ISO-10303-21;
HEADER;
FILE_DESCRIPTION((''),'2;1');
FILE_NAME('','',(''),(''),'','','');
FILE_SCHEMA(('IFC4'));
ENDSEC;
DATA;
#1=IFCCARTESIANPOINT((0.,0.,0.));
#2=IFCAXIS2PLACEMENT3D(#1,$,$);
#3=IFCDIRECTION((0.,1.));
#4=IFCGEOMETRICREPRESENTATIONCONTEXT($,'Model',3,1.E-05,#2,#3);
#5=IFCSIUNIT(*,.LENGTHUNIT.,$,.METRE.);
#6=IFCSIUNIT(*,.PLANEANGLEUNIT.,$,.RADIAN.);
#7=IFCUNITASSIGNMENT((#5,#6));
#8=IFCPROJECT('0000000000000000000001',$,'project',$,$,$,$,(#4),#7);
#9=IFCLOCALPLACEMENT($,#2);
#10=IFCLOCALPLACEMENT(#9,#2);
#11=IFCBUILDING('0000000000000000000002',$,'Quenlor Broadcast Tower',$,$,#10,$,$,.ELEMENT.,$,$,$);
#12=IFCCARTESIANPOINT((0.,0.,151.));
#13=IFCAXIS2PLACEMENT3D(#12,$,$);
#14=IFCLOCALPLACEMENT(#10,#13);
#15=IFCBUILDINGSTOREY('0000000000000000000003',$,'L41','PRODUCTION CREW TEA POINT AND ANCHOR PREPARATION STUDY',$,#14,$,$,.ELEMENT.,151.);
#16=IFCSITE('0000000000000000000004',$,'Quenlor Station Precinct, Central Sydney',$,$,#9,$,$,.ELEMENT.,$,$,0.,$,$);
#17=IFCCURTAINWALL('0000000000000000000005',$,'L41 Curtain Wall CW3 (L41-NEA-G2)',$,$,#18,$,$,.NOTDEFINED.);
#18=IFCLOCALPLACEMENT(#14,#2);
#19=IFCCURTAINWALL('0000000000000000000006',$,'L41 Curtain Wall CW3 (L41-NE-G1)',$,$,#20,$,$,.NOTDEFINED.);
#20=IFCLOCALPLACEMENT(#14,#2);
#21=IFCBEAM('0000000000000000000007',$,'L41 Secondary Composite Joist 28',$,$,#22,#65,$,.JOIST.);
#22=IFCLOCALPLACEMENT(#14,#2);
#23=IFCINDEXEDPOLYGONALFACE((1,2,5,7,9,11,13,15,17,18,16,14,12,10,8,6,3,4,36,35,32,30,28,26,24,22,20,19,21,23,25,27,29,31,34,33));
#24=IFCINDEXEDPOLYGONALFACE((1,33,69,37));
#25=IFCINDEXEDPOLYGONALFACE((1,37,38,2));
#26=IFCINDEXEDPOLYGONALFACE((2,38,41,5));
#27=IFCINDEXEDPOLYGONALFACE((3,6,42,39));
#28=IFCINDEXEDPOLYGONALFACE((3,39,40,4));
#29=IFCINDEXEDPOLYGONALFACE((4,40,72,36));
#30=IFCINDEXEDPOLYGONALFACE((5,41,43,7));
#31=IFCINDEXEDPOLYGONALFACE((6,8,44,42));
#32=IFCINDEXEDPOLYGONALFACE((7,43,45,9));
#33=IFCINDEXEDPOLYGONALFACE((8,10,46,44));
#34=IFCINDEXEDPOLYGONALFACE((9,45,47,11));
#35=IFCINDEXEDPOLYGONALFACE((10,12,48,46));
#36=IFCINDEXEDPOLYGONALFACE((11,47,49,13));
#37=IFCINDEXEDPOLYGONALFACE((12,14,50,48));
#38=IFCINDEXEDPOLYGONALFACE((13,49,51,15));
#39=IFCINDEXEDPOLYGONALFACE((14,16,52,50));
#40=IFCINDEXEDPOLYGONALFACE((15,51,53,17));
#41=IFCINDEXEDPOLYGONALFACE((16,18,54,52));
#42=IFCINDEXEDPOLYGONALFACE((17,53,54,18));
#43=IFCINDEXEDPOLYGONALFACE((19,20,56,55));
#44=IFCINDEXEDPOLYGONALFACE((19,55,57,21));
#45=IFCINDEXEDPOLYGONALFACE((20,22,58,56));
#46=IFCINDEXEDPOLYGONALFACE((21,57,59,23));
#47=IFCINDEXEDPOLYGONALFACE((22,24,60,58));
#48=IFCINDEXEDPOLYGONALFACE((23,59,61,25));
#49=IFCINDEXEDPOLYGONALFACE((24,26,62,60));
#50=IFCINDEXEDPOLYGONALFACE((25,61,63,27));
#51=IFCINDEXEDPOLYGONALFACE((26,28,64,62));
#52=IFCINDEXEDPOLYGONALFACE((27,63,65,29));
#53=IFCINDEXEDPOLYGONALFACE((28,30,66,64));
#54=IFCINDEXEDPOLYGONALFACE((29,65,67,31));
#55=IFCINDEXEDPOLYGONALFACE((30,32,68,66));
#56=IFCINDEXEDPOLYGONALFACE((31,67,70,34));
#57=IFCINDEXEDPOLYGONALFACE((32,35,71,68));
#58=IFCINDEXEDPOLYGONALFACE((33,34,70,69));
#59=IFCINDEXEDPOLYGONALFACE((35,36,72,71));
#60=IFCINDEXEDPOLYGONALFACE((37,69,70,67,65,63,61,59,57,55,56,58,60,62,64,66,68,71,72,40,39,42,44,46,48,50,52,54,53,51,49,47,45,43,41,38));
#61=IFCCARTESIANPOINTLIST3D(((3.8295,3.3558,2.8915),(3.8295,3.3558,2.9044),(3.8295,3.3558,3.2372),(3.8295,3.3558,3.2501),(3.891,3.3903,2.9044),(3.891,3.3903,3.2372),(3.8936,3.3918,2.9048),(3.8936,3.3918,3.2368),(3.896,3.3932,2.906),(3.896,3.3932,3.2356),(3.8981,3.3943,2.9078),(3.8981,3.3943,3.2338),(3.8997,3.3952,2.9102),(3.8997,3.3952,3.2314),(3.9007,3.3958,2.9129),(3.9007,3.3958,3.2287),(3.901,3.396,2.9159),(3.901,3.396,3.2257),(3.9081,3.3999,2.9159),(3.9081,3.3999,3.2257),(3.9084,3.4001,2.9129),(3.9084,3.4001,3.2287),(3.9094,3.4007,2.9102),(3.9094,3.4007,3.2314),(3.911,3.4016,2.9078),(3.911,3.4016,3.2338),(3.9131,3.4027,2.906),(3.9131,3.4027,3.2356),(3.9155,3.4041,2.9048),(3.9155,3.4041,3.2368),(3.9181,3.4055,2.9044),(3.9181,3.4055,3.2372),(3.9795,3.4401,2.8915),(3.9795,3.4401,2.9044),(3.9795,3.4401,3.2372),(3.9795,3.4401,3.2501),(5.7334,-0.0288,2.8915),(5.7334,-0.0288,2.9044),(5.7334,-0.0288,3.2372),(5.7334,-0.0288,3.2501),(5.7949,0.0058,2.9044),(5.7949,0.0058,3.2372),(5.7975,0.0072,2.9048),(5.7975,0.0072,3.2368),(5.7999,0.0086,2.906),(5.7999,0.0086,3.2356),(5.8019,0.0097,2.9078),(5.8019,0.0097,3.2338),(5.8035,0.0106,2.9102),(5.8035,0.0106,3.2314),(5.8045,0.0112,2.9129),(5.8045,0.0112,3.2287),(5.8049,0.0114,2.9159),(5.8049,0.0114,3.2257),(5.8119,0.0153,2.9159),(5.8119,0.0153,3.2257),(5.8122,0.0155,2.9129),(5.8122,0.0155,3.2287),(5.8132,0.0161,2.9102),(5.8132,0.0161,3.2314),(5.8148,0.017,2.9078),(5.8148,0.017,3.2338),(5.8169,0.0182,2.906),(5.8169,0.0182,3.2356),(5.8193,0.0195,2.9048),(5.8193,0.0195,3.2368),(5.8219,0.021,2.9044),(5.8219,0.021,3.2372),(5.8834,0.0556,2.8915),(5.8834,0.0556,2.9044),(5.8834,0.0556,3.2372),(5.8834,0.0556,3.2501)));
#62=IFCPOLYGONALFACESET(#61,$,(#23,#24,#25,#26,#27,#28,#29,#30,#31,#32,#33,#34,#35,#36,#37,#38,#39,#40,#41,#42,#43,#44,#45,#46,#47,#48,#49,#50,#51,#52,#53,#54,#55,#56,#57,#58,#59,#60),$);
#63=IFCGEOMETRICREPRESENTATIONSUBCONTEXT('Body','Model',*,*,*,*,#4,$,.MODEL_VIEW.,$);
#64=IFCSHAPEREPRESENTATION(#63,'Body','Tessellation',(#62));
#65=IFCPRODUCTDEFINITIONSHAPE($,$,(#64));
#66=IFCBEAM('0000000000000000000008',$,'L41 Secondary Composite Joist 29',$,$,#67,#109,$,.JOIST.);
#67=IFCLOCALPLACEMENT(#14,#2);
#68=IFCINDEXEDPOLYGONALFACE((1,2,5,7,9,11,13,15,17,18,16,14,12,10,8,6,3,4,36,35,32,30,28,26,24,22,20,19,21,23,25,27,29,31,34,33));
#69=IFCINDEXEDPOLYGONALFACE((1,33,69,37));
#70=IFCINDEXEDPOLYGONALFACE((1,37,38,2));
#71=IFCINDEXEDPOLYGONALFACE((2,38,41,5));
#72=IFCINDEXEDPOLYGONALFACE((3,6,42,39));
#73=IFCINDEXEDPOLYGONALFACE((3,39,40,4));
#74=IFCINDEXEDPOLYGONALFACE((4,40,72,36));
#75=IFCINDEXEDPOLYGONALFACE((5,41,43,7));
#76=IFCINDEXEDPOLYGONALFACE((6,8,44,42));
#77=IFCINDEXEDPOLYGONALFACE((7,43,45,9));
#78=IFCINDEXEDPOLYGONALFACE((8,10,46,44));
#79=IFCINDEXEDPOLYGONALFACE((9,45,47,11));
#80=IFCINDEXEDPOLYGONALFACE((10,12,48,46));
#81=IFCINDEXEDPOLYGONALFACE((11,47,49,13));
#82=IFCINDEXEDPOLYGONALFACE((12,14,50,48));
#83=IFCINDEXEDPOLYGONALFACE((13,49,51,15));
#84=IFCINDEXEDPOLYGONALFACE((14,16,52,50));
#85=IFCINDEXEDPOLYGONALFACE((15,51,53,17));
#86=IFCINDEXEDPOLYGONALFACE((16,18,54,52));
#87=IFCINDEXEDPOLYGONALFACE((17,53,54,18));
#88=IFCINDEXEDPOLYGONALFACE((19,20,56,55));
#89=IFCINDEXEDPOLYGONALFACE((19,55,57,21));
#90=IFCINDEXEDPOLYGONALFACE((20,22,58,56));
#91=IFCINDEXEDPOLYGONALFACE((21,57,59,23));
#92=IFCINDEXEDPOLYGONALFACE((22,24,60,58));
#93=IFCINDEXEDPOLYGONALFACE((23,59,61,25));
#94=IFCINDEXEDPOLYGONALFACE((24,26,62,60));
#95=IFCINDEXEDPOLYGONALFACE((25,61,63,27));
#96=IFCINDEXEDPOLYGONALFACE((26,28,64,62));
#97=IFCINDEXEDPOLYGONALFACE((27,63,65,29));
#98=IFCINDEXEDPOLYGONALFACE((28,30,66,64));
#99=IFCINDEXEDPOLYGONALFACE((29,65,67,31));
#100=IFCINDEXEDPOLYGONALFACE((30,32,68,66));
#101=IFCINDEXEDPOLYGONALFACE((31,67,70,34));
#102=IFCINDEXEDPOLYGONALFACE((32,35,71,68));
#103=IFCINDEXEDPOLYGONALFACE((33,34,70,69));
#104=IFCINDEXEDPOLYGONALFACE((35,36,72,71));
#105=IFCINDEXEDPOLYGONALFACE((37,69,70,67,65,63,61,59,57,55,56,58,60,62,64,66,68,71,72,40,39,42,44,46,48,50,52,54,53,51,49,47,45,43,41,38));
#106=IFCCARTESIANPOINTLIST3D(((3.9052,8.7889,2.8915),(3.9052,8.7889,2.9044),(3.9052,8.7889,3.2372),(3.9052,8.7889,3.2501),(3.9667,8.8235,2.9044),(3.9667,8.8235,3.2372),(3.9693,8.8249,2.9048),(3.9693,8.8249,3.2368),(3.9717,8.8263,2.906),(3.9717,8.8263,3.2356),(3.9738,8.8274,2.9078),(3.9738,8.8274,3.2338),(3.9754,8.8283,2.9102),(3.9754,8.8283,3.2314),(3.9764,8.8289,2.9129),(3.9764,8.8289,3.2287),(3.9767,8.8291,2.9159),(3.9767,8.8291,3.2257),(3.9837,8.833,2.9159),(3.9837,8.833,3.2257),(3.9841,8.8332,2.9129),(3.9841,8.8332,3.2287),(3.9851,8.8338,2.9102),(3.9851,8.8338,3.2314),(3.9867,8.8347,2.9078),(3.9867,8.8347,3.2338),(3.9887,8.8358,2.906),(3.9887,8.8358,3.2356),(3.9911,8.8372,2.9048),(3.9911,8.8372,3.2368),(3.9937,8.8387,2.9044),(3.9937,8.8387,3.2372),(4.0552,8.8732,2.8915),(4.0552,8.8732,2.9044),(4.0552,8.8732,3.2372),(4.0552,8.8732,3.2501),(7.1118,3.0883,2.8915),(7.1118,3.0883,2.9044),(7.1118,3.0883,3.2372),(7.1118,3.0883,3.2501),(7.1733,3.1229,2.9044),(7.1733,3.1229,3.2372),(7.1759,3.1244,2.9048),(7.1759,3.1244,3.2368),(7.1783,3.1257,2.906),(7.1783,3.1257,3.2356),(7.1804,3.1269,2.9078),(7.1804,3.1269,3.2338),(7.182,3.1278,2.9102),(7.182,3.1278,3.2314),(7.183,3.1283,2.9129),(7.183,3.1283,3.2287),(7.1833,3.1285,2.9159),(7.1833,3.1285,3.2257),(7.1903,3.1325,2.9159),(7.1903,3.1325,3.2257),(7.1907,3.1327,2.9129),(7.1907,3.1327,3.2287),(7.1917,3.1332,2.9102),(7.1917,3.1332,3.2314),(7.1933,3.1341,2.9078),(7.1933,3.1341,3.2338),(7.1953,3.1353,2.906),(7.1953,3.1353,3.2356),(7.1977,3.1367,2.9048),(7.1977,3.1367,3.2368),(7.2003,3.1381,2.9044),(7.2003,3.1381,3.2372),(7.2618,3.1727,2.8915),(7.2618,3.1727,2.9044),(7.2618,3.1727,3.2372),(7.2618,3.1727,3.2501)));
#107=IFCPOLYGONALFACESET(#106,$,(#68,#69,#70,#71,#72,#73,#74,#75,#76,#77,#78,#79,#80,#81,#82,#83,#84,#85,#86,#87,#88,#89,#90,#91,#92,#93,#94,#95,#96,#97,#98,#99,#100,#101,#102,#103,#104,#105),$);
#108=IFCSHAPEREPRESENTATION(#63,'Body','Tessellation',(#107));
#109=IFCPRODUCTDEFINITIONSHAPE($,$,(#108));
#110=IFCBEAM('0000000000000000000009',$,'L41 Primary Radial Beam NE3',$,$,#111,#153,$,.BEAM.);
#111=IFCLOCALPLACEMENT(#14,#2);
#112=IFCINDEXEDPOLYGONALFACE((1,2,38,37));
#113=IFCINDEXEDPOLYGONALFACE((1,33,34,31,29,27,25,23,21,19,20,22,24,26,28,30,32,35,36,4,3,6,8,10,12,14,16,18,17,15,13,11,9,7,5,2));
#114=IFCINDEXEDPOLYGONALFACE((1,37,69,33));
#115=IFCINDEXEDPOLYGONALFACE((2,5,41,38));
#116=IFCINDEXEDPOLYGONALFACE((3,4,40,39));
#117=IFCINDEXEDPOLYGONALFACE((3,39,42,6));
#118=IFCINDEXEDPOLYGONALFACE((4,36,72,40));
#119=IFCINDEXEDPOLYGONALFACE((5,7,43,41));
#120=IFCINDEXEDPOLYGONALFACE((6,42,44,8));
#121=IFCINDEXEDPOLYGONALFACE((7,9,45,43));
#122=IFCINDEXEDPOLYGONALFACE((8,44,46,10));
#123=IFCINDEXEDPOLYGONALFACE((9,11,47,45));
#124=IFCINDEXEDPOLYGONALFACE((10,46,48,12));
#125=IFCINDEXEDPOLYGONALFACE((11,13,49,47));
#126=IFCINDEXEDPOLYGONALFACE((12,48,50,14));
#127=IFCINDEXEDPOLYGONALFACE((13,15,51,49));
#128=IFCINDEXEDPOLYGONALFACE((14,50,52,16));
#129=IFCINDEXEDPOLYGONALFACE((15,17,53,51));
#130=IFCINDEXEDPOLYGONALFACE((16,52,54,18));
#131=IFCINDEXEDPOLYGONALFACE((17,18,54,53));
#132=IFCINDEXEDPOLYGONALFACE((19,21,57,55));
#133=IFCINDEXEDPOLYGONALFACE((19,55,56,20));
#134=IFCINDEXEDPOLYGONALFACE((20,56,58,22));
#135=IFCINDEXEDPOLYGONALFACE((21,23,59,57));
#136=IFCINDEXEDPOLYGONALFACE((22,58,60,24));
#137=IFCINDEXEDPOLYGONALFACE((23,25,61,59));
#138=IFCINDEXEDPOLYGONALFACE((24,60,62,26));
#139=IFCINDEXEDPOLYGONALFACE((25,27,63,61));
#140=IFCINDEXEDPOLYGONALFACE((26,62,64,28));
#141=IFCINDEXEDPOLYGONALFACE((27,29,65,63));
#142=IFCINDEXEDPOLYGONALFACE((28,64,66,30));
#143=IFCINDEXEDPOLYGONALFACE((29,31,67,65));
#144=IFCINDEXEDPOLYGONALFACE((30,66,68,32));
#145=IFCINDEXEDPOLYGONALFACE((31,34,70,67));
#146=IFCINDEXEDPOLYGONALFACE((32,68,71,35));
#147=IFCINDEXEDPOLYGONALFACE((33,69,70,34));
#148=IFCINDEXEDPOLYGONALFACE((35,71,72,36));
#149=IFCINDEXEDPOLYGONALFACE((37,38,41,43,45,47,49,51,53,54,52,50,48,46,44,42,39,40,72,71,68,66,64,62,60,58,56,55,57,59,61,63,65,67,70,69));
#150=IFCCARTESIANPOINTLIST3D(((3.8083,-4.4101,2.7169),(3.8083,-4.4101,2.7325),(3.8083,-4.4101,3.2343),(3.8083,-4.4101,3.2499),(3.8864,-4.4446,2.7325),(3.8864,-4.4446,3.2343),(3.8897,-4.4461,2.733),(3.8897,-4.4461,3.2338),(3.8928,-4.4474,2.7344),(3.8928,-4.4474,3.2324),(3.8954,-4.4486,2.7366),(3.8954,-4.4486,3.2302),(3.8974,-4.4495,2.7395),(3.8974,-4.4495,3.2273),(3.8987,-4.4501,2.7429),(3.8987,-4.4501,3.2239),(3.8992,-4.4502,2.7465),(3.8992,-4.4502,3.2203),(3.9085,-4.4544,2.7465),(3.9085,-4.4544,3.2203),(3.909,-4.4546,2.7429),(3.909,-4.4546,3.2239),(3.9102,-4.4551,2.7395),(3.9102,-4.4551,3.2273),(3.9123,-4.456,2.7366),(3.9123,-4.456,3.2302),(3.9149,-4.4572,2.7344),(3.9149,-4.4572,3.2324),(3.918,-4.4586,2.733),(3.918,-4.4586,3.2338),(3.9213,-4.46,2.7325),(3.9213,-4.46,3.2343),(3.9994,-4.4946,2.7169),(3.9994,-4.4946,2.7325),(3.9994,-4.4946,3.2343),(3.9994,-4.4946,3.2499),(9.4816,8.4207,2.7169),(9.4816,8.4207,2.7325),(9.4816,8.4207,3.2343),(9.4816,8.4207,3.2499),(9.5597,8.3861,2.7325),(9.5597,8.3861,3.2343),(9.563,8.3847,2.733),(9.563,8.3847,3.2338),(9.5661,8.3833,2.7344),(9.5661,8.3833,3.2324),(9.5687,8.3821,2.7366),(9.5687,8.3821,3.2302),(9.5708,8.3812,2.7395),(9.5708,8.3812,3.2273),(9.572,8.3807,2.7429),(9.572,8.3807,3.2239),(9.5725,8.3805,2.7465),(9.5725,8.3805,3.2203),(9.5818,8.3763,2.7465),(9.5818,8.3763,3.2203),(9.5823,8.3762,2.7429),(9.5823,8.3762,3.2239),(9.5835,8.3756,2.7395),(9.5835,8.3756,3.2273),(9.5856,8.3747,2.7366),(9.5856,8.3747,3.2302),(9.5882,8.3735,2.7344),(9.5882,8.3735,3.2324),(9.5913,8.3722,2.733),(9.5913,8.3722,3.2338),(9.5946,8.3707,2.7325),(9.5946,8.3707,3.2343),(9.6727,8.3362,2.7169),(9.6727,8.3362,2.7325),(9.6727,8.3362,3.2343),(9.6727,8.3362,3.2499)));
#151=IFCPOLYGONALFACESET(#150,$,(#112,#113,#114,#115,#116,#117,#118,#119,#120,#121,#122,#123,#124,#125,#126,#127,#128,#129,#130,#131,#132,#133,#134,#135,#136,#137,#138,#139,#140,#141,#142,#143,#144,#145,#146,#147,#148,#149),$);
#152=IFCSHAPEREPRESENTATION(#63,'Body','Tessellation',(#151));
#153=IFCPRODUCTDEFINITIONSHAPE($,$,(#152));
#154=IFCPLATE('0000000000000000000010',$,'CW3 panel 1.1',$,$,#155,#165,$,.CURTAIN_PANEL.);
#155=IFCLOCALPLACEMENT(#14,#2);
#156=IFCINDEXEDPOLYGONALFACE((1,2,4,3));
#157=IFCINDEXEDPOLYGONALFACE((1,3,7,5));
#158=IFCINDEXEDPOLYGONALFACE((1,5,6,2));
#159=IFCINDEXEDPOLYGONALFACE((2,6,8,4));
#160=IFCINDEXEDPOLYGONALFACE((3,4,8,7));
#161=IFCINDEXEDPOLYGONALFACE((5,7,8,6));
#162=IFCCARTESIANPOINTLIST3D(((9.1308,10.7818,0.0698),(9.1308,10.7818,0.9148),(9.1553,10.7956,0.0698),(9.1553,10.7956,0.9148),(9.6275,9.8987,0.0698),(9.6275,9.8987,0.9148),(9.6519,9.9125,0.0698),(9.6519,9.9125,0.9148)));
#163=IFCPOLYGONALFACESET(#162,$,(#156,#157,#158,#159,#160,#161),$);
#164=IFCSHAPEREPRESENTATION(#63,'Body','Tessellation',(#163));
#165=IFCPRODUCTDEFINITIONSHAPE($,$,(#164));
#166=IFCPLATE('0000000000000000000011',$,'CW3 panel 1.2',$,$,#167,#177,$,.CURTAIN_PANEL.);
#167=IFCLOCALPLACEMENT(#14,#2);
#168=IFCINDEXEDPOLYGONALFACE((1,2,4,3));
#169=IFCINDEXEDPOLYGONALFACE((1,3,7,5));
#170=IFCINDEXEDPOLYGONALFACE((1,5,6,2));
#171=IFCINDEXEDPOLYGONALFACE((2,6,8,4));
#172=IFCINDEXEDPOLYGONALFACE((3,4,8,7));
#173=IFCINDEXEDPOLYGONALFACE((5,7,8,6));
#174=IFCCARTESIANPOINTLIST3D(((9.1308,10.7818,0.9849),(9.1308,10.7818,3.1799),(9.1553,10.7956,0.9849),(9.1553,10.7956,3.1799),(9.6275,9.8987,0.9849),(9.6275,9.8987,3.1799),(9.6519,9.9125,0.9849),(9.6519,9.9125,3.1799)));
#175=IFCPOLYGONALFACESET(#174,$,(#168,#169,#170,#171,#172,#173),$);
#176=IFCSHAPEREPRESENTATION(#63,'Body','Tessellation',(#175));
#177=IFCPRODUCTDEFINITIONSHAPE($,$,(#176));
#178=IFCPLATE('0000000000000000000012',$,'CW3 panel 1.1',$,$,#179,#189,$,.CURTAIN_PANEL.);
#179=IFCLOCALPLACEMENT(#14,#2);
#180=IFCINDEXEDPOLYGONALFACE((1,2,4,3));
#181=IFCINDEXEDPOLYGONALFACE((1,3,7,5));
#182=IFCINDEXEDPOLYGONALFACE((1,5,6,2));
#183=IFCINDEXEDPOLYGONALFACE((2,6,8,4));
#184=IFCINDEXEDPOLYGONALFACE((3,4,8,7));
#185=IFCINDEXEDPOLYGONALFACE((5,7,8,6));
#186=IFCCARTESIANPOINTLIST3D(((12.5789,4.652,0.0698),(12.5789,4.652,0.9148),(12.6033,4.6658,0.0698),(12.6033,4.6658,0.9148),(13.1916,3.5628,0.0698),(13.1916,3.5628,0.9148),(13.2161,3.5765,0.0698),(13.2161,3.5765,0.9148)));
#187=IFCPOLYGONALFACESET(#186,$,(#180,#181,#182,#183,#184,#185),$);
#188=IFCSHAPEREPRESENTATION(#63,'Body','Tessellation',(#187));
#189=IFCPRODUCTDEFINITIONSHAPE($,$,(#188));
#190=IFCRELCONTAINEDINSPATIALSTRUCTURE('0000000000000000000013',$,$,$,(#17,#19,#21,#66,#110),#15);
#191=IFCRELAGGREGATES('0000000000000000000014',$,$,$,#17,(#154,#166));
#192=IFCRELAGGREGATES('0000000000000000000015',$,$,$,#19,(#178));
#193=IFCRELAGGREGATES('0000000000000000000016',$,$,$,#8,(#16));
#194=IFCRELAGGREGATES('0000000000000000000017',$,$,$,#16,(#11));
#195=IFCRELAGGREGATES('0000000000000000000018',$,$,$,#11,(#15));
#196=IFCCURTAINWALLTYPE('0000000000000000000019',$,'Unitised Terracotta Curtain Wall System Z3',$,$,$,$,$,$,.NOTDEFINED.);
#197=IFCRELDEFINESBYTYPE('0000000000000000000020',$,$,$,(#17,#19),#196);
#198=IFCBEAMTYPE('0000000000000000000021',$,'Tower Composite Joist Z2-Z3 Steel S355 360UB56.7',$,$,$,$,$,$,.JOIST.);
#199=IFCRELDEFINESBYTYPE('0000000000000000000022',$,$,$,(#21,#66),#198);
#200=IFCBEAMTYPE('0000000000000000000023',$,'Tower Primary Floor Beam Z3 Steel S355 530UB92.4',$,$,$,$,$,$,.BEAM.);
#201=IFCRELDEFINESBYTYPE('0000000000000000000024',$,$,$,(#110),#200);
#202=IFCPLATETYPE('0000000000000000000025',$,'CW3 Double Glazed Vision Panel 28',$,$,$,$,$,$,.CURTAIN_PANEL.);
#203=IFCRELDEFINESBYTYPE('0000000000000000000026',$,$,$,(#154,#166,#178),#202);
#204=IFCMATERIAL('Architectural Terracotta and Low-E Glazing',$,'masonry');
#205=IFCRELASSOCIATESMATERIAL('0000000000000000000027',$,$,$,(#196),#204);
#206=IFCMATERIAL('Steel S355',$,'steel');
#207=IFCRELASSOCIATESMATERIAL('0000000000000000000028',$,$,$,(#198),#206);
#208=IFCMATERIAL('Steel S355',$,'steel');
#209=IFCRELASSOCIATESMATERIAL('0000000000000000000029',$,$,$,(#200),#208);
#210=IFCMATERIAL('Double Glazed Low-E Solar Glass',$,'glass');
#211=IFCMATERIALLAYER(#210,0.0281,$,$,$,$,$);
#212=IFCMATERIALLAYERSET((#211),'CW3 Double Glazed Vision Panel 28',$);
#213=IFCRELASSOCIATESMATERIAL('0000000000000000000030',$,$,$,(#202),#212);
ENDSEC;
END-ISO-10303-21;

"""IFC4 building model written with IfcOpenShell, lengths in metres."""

from ifc_helpers import new_model, si_unit, direction, frame, origin, origin_2d, place, context, subcontext, project, spatial, rectangle, i_section, extrude, material, layer, layer_set, material_profile, profile_set, type_object, element, aggregate, save


model = new_model("IFC4")

# Units and contexts
model_context = context("Model", 3, precision=1e-05, world=origin(), true_north=direction((0.0, 1.0)))
body_context = subcontext(model_context, "Body", "Model", "MODEL_VIEW")
ifc_project = project(units=[si_unit("LENGTHUNIT", "METRE"), si_unit("PLANEANGLEUNIT", "RADIAN")], contexts=[model_context])

# Site, building, storey
site_placement = place(None, origin())
site = spatial("IfcSite", under=ifc_project, at=site_placement, Name="Quenlor Station Precinct, Central Sydney", CompositionType="ELEMENT", RefElevation=0.0)
building_placement = place(site_placement, origin())
building = spatial("IfcBuilding", under=site, at=building_placement, Name="Quenlor Broadcast Tower", CompositionType="ELEMENT")
storey_placement = place(building_placement, frame((0.0, 0.0, 151.0)))
storey = spatial("IfcBuildingStorey", under=building, at=storey_placement, Name="L41", Description="PRODUCTION CREW TEA POINT AND ANCHOR PREPARATION STUDY", CompositionType="ELEMENT", Elevation=151.0)

# Curtain wall
ifc_material_1 = material(Name="Architectural Terracotta and Low-E Glazing", Category="masonry")
curtain_wall_type = type_object("IfcCurtainWallType", Name="Unitised Terracotta Curtain Wall System Z3", PredefinedType="NOTDEFINED", material=ifc_material_1)
curtain_wall_1_placement = place(storey_placement, origin())
curtain_wall_1 = element("IfcCurtainWall", 1, at=curtain_wall_1_placement, inside=storey, type_object=curtain_wall_type, Name="L41 Curtain Wall CW3 (L41-NEA-G2)", PredefinedType="NOTDEFINED")

# Curtain wall
curtain_wall_2_placement = place(storey_placement, origin())
curtain_wall_2 = element("IfcCurtainWall", 2, at=curtain_wall_2_placement, inside=storey, type_object=curtain_wall_type, Name="L41 Curtain Wall CW3 (L41-NE-G1)", PredefinedType="NOTDEFINED")

# Beams
ifc_material_2 = material(Name="Steel S355", Category="steel")
ifc_material_profile_1 = material_profile(ifc_material_2, i_section(OverallWidth=0.1721, OverallDepth=0.3586, WebThickness=0.0081, FlangeThickness=0.0129, FilletRadius=0.0115, at=origin_2d()))
ifc_profile_set_1 = profile_set([ifc_material_profile_1], Name="Steel S355 360UB56.7")
beam_type_1 = type_object("IfcBeamType", Name="Tower Composite Joist Z2-Z3 Steel S355 360UB56.7", PredefinedType="JOIST", material=ifc_profile_set_1)
beam_1_placement = place(storey_placement, frame((3.9045, 3.3979, 3.0708), z_axis=(0.490264, -0.871574, 0.0), x_axis=(0.871574, 0.490264, 0.0)))
element("IfcBeam", 3, at=beam_1_placement, inside=storey, type_object=beam_type_1, Name="L41 Secondary Composite Joist 28", PredefinedType="JOIST", context=body_context, shape_type="SweptSolid", body=[
    extrude(i_section(OverallWidth=0.1721, OverallDepth=0.3586, WebThickness=0.0081, FlangeThickness=0.0129, FilletRadius=0.0115, at=origin_2d()), origin(), (0.0, 0.0, 1.0), 3.8833),
])
beam_2_placement = place(storey_placement, frame((3.9802, 8.8311, 3.0708), z_axis=(0.490267, -0.871573, 0.0), x_axis=(0.871573, 0.490267, 0.0)))
element("IfcBeam", 4, at=beam_2_placement, inside=storey, type_object=beam_type_1, Name="L41 Secondary Composite Joist 29", PredefinedType="JOIST", context=body_context, shape_type="SweptSolid", body=[
    extrude(i_section(OverallWidth=0.1721, OverallDepth=0.3586, WebThickness=0.0081, FlangeThickness=0.0129, FilletRadius=0.0115, at=origin_2d()), origin(), (0.0, 0.0, 1.0), 6.5405),
])
ifc_material_3 = material(Name="Steel S355", Category="steel")
ifc_material_profile_2 = material_profile(ifc_material_3, i_section(OverallWidth=0.209, OverallDepth=0.533, WebThickness=0.0103, FlangeThickness=0.0156, FilletRadius=0.0139, at=origin_2d()))
ifc_profile_set_2 = profile_set([ifc_material_profile_2], Name="Steel S355 530UB92.4")
beam_type_2 = type_object("IfcBeamType", Name="Tower Primary Floor Beam Z3 Steel S355 530UB92.4", PredefinedType="BEAM", material=ifc_profile_set_2)
beam_3_placement = place(storey_placement, frame((9.5771, 8.3784, 2.9834), z_axis=(-0.404397, -0.914583, 0.0), x_axis=(0.914583, -0.404397, 0.0)))
element("IfcBeam", 5, at=beam_3_placement, inside=storey, type_object=beam_type_2, Name="L41 Primary Radial Beam NE3", PredefinedType="BEAM", context=body_context, shape_type="SweptSolid", body=[
    extrude(i_section(OverallWidth=0.209, OverallDepth=0.533, WebThickness=0.0103, FlangeThickness=0.0156, FilletRadius=0.0139, at=origin_2d()), origin(), (0.0, 0.0, 1.0), 14.0291),
])

# Plates
ifc_material_4 = material(Name="Double Glazed Low-E Solar Glass", Category="glass")
ifc_layer_1 = layer(ifc_material_4, 0.0281)
ifc_layer_set_1 = layer_set([ifc_layer_1], Name="CW3 Double Glazed Vision Panel 28")
plate_type_1 = type_object("IfcPlateType", Name="CW3 Double Glazed Vision Panel 28", PredefinedType="CURTAIN_PANEL", material=ifc_layer_set_1)
plate_1_placement = place(storey_placement, frame((9.3914, 10.3472, 0.0698), z_axis=(0.0, 0.0, 1.0), x_axis=(0.490216, -0.871601, 0.0)))
plate_1 = element("IfcPlate", 6, at=plate_1_placement, type_object=plate_type_1, Name="CW3 panel 1.1", PredefinedType="CURTAIN_PANEL", context=body_context, shape_type="SweptSolid", body=[
    extrude(rectangle(XDim=1.0132, YDim=0.0281, at=origin_2d()), origin(), (0.0, 0.0, 1.0), 0.845),
])
plate_2_placement = place(storey_placement, frame((9.3914, 10.3472, 0.9849), z_axis=(0.0, 0.0, 1.0), x_axis=(0.490216, -0.871601, 0.0)))
plate_2 = element("IfcPlate", 7, at=plate_2_placement, type_object=plate_type_1, Name="CW3 panel 1.2", PredefinedType="CURTAIN_PANEL", context=body_context, shape_type="SweptSolid", body=[
    extrude(rectangle(XDim=1.0132, YDim=0.0281, at=origin_2d()), origin(), (0.0, 0.0, 1.0), 2.1951),
])
aggregate(curtain_wall_1, [plate_1, plate_2])
plate_3_placement = place(storey_placement, frame((12.8975, 4.1143, 0.0698), z_axis=(0.0, 0.0, 1.0), x_axis=(0.490285, -0.871562, 0.0)))
plate_3 = element("IfcPlate", 8, at=plate_3_placement, type_object=plate_type_1, Name="CW3 panel 1.1", PredefinedType="CURTAIN_PANEL", context=body_context, shape_type="SweptSolid", body=[
    extrude(rectangle(XDim=1.2498, YDim=0.0281, at=origin_2d()), origin(), (0.0, 0.0, 1.0), 0.845),
])
aggregate(curtain_wall_2, [plate_3])

save(model, "model.ifc")
